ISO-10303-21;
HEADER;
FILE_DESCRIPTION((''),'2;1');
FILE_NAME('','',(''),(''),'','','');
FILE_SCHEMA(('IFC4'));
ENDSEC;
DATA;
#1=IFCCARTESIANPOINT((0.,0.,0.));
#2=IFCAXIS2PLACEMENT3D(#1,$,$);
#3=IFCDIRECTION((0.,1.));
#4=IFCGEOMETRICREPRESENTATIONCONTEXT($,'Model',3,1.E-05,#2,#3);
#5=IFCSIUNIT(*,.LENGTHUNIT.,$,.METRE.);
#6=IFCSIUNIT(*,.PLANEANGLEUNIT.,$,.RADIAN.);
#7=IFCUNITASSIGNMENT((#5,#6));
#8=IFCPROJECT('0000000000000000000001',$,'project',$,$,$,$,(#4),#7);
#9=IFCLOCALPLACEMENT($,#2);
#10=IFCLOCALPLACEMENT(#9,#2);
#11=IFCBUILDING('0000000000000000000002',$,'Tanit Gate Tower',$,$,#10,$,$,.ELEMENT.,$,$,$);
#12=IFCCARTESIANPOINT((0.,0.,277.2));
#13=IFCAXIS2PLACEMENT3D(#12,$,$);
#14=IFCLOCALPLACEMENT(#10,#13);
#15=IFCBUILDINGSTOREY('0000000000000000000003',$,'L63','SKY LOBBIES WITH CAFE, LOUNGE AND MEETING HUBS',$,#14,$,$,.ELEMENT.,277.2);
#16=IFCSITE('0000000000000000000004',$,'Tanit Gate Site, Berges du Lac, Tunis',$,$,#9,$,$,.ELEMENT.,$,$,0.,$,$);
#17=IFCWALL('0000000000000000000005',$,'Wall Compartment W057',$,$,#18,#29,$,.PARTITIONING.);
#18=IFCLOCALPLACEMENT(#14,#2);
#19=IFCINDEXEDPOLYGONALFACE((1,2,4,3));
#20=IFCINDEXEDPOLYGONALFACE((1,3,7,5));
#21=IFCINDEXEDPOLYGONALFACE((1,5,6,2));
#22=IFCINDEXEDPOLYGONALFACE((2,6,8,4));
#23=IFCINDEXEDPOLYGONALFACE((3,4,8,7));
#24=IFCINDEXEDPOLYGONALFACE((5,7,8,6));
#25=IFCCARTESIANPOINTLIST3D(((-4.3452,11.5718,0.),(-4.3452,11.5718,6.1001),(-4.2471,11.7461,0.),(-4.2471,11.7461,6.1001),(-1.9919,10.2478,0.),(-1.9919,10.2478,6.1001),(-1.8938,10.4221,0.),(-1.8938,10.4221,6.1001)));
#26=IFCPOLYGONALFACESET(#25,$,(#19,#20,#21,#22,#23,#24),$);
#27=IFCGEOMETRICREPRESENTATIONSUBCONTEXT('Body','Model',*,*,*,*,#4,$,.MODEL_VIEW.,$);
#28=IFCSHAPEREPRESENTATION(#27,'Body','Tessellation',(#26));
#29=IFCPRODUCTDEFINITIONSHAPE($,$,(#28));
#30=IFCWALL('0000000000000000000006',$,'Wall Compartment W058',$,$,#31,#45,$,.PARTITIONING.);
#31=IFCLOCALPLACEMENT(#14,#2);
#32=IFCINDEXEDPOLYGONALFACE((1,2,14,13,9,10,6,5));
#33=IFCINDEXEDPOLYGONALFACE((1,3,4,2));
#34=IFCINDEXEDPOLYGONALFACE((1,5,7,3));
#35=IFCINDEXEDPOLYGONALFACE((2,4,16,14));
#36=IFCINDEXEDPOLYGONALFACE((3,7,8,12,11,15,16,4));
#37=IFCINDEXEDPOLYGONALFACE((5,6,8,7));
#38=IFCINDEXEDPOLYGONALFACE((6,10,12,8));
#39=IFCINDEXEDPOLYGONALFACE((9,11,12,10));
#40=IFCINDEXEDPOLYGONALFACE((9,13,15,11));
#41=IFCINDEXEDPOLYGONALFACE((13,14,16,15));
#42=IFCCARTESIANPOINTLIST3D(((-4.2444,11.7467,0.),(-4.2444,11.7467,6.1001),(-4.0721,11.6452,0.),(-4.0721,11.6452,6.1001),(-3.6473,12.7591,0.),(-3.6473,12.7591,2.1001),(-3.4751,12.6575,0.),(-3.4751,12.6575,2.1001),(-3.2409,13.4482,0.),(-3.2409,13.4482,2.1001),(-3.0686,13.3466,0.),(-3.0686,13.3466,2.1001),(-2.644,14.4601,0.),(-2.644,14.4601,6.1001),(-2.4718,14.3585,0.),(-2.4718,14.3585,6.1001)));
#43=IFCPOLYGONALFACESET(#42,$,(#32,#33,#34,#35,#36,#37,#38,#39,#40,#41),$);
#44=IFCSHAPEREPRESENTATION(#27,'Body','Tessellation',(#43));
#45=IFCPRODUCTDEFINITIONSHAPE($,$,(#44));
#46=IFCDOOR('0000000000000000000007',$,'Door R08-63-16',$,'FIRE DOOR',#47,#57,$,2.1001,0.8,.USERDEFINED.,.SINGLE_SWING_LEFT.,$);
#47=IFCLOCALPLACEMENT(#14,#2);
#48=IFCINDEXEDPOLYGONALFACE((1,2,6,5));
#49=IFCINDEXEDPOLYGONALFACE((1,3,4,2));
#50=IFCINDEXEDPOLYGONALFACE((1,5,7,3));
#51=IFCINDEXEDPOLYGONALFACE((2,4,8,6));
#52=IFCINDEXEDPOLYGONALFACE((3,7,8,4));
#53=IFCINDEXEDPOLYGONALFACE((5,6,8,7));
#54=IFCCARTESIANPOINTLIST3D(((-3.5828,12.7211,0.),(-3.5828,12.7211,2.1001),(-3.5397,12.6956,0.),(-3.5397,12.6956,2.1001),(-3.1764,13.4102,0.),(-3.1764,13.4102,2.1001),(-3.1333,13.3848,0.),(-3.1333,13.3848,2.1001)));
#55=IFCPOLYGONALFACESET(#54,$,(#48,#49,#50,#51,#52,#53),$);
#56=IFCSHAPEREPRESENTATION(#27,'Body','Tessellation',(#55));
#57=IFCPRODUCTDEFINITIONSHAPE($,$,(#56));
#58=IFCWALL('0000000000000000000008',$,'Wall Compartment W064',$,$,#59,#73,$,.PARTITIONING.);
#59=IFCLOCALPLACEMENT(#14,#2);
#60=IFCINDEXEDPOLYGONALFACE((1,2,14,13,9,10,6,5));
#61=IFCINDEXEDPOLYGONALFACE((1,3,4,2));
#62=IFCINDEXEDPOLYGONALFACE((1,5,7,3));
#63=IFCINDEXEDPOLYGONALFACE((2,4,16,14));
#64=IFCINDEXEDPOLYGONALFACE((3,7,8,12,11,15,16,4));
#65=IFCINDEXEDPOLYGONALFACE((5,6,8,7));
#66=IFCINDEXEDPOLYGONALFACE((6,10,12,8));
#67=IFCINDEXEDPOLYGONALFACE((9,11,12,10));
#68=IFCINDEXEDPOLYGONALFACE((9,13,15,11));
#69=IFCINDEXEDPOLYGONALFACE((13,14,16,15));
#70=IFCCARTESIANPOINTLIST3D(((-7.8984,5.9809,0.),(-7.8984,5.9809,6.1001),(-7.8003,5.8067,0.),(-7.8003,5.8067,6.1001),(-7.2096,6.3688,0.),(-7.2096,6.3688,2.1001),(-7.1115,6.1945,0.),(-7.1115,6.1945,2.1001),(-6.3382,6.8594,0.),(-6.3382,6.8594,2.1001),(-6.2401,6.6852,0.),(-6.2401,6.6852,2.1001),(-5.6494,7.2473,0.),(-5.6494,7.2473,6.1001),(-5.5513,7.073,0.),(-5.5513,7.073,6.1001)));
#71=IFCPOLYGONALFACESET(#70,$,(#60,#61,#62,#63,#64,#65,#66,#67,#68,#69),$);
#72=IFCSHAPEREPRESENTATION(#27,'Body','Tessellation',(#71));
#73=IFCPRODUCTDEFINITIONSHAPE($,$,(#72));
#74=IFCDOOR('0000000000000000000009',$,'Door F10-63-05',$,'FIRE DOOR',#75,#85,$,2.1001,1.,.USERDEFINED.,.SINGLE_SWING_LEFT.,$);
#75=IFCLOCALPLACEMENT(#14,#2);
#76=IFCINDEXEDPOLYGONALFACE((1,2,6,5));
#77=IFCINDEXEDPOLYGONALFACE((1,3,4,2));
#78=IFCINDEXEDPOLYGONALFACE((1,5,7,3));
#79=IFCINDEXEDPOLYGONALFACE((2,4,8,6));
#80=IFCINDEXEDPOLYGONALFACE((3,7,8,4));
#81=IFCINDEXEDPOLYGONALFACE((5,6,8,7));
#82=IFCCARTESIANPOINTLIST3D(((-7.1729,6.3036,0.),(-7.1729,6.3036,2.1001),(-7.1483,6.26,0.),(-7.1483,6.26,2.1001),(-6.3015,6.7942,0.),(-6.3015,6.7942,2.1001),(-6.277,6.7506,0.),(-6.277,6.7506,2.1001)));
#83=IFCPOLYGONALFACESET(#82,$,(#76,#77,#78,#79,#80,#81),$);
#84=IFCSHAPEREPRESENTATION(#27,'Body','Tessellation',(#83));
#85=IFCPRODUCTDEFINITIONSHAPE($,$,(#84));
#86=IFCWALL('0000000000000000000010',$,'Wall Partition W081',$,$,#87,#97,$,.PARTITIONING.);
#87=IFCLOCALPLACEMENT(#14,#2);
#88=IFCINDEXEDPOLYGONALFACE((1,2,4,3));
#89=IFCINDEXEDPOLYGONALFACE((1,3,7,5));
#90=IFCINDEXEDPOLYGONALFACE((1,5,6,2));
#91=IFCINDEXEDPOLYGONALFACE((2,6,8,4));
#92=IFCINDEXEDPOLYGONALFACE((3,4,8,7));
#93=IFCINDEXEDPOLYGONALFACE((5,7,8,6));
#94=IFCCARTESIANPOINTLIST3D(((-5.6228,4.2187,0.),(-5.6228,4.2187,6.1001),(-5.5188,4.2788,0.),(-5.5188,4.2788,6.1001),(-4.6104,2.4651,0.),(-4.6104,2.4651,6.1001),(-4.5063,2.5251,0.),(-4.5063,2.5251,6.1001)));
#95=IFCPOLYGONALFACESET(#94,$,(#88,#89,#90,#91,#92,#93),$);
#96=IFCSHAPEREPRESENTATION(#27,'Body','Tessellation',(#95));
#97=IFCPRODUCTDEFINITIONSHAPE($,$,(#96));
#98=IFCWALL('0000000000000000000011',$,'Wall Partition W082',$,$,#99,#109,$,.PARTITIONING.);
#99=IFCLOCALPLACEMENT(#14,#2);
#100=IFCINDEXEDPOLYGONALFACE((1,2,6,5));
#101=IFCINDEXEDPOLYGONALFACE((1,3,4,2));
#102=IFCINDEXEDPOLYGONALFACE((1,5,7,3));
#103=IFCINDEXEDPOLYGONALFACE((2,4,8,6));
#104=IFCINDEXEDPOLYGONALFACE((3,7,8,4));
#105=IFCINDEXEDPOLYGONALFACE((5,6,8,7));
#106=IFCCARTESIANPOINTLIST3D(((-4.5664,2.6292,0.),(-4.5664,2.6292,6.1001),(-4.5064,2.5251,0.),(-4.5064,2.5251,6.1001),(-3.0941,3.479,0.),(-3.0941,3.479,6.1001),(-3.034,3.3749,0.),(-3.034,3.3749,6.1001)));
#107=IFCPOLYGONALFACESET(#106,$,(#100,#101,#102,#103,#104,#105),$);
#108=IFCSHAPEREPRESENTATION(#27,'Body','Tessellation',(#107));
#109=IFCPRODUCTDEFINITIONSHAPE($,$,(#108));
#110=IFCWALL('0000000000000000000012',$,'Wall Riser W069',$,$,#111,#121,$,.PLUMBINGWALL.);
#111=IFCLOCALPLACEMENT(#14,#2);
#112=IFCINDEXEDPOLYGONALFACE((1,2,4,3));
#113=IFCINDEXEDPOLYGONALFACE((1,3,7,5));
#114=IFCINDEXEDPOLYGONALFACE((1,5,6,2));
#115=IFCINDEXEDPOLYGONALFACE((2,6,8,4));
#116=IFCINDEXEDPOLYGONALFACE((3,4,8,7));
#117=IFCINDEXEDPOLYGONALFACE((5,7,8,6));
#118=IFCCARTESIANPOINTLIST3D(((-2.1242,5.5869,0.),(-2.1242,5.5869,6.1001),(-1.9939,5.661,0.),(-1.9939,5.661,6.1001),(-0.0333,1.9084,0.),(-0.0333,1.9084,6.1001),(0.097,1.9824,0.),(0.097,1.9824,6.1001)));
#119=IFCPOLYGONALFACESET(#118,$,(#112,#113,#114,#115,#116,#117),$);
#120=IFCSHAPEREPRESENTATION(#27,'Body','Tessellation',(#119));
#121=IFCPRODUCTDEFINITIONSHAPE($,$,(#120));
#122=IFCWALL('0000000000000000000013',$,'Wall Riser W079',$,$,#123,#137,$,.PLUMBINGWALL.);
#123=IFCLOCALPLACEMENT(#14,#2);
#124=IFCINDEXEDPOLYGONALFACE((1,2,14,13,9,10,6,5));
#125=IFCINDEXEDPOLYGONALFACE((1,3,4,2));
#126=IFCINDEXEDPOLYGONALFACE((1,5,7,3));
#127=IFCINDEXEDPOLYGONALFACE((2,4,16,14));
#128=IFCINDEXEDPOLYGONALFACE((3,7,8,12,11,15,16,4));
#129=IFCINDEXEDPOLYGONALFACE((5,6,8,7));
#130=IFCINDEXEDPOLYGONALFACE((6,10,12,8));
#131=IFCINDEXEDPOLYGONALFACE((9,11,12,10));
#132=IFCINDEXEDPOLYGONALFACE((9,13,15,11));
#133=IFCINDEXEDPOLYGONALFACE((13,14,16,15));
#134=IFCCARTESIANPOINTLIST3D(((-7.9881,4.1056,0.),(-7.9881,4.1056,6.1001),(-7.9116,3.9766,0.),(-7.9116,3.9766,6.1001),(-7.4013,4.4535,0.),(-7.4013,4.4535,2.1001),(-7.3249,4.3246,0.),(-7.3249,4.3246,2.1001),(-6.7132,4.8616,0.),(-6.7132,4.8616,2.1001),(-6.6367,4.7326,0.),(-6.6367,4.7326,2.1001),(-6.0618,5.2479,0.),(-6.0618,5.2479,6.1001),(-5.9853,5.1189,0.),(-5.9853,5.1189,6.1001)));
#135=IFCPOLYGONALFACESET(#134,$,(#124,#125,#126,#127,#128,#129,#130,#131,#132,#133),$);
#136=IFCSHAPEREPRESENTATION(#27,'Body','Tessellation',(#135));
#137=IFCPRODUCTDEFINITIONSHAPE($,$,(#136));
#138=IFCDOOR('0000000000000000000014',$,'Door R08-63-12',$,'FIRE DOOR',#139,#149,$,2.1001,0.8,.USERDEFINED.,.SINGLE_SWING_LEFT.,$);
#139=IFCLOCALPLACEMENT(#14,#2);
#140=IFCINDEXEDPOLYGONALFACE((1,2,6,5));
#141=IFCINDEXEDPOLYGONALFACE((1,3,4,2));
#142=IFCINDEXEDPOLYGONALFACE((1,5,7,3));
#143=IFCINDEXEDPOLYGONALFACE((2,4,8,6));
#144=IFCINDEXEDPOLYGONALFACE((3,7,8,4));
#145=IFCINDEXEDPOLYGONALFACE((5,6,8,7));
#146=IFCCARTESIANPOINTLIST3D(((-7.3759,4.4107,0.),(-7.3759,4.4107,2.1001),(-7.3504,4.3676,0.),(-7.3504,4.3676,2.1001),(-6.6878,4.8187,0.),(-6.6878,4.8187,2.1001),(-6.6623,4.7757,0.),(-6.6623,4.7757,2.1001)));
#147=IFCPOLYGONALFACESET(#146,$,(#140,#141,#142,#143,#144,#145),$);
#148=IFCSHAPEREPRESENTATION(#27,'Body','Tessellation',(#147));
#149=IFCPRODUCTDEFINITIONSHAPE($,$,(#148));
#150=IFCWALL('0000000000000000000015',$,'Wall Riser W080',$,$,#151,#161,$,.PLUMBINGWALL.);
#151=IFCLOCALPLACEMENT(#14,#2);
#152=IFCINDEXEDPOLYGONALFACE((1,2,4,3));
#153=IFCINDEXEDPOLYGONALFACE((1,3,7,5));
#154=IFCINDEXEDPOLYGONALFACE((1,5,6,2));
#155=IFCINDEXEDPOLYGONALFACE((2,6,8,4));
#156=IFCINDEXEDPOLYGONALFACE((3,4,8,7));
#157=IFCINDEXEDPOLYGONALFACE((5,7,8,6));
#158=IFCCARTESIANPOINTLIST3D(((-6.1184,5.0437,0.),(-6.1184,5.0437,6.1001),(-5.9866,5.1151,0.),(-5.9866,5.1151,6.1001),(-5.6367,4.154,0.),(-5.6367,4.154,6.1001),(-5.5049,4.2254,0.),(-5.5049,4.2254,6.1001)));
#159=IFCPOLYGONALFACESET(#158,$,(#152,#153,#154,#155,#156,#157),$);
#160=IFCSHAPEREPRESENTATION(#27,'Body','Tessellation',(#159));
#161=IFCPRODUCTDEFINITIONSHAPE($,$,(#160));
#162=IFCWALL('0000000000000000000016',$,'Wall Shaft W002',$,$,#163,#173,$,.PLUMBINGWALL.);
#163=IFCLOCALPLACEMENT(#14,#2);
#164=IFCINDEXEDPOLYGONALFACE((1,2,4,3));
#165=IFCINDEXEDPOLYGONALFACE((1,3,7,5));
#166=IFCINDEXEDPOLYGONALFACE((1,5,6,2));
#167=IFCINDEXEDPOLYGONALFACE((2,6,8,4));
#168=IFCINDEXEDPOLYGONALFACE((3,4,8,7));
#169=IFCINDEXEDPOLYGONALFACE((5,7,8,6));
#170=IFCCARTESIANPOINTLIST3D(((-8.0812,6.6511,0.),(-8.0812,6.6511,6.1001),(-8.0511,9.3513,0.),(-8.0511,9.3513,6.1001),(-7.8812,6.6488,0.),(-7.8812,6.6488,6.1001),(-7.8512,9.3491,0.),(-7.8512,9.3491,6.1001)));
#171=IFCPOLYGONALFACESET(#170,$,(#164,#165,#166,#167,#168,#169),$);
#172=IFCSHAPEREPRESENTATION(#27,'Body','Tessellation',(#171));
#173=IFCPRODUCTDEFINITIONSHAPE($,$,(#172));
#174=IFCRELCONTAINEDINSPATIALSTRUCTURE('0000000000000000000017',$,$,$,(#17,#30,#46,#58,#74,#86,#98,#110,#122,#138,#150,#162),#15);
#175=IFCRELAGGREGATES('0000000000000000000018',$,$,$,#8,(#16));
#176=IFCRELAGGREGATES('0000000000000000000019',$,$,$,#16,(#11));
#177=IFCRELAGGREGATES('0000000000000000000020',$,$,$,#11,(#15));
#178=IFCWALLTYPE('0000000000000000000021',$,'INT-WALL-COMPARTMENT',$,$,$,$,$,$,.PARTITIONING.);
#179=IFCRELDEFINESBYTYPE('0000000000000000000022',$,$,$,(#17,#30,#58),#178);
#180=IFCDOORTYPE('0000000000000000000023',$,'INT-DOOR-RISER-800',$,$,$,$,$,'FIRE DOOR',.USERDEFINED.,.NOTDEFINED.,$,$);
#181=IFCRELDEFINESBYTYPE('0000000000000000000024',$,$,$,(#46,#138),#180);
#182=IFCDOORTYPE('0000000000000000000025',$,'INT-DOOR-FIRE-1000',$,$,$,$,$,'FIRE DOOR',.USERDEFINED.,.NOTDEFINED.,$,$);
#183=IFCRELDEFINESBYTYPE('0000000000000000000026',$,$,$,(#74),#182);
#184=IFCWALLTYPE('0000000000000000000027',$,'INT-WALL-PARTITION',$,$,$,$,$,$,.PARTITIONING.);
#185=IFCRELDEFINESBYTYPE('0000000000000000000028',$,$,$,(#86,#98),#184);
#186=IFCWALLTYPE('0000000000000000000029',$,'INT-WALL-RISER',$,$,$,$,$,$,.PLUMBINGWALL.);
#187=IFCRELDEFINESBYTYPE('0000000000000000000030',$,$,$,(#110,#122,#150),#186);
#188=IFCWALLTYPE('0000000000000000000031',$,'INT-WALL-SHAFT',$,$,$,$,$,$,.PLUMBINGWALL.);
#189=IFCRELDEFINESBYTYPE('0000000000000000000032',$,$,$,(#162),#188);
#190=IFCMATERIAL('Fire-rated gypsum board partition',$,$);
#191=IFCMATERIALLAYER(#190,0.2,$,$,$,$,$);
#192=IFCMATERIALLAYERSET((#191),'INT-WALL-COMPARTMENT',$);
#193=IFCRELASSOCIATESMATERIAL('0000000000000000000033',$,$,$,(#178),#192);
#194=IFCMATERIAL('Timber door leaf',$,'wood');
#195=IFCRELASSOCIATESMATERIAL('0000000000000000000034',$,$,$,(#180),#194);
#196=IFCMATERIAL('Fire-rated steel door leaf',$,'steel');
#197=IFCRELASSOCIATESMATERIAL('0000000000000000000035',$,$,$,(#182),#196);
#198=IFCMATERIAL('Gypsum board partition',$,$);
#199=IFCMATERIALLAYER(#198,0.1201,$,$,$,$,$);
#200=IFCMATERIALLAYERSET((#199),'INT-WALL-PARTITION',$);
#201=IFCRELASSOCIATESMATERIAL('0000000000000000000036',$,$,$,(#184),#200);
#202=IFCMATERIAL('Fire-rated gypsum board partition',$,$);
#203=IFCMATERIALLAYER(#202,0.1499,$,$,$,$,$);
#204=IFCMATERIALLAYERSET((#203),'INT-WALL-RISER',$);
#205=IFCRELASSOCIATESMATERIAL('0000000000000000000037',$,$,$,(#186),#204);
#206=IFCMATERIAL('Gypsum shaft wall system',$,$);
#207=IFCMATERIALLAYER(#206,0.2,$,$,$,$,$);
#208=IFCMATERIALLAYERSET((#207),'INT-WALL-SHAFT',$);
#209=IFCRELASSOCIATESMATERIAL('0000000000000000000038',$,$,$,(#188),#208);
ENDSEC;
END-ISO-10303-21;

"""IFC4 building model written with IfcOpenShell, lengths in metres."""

from ifc_helpers import new_model, si_unit, direction, frame, frame_2d, origin, place, context, subcontext, project, spatial, rectangle, extrude, material, layer, layer_set, type_object, element, fill, save


model = new_model("IFC4")

# Units and contexts
model_context = context("Model", 3, precision=1e-05, world=origin(), true_north=direction((0.0, 1.0)))
body_context = subcontext(model_context, "Body", "Model", "MODEL_VIEW")
ifc_project = project(units=[si_unit("LENGTHUNIT", "METRE"), si_unit("PLANEANGLEUNIT", "RADIAN")], contexts=[model_context])

# Site, building, storey
site_placement = place(None, origin())
site = spatial("IfcSite", under=ifc_project, at=site_placement, Name="Tanit Gate Site, Berges du Lac, Tunis", CompositionType="ELEMENT", RefElevation=0.0)
building_placement = place(site_placement, origin())
building = spatial("IfcBuilding", under=site, at=building_placement, Name="Tanit Gate Tower", CompositionType="ELEMENT")
storey_placement = place(building_placement, frame((0.0, 0.0, 277.2)))
storey = spatial("IfcBuildingStorey", under=building, at=storey_placement, Name="L63", Description="SKY LOBBIES WITH CAFE, LOUNGE AND MEETING HUBS", CompositionType="ELEMENT", Elevation=277.2)

# Wall
ifc_material_1 = material(Name="Fire-rated gypsum board partition")
ifc_layer_1 = layer(ifc_material_1, 0.2)
ifc_layer_set_1 = layer_set([ifc_layer_1], Name="INT-WALL-COMPARTMENT")
wall_type_1 = type_object("IfcWallType", Name="INT-WALL-COMPARTMENT", PredefinedType="PARTITIONING", material=ifc_layer_set_1)
wall_1_placement = place(storey_placement, frame((-4.2961, 11.6589, 0.0), z_axis=(0.0, 0.0, 1.0), x_axis=(0.871534, -0.490334, 0.0)))
element("IfcWall", 1, at=wall_1_placement, inside=storey, type_object=wall_type_1, Name="Wall Compartment W057", PredefinedType="PARTITIONING", context=body_context, shape_type="SweptSolid", body=[
    extrude(rectangle(XDim=2.7002, YDim=0.2, at=frame_2d((1.3501, 0.0))), origin(), (0.0, 0.0, 1.0), 6.1001),
])

# Walls, openings, doors
wall_2_placement = place(storey_placement, frame((-2.5579, 14.4094, 0.0), z_axis=(0.0, 0.0, 1.0), x_axis=(-0.508019, -0.861346, 0.0)))
wall_2 = element("IfcWall", 2, at=wall_2_placement, inside=storey, type_object=wall_type_1, Name="Wall Compartment W058", PredefinedType="PARTITIONING", context=body_context, shape_type="SweptSolid", body=[
    extrude(rectangle(XDim=3.1501, YDim=0.2, at=frame_2d((1.5752, 0.0))), origin(), (0.0, 0.0, 1.0), 6.1001),
])
opening_1_placement = place(wall_2_placement, frame((1.175, 0.0, 0.0)))
opening_1 = element("IfcOpeningElement", 3, at=opening_1_placement, cuts=wall_2, PredefinedType="OPENING", context=body_context, shape_type="SweptSolid", body=[
    extrude(rectangle(XDim=0.8, YDim=2.1001, at=frame_2d((0.3999, 1.05))), frame((0.0, 0.1099, 0.0), z_axis=(0.0, -1.0, 0.0), x_axis=(1.0, 0.0, 0.0)), (0.0, 0.0, 1.0), 0.22),
])
ifc_material_2 = material(Name="Timber door leaf", Category="wood")
door_type_1 = type_object("IfcDoorType", Name="INT-DOOR-RISER-800", ElementType="FIRE DOOR", OperationType="NOTDEFINED", PredefinedType="USERDEFINED", material=ifc_material_2)
door_1_placement = place(opening_1_placement, origin())
door_1 = element("IfcDoor", 4, at=door_1_placement, inside=storey, type_object=door_type_1, Name="Door R08-63-16", ObjectType="FIRE DOOR", OperationType="SINGLE_SWING_LEFT", OverallHeight=2.1001, OverallWidth=0.8, PredefinedType="USERDEFINED", context=body_context, shape_type="SweptSolid", body=[
    extrude(rectangle(XDim=0.8, YDim=2.1001, at=frame_2d((0.3999, 1.05))), frame((0.0, 0.0249, 0.0), z_axis=(0.0, -1.0, 0.0), x_axis=(1.0, 0.0, 0.0)), (0.0, 0.0, 1.0), 0.05),
])
fill(opening_1, door_1)
wall_3_placement = place(storey_placement, frame((-5.6003, 7.1602, 0.0), z_axis=(0.0, 0.0, 1.0), x_axis=(-0.871363, -0.490638, 0.0)))
wall_3 = element("IfcWall", 5, at=wall_3_placement, inside=storey, type_object=wall_type_1, Name="Wall Compartment W064", PredefinedType="PARTITIONING", context=body_context, shape_type="SweptSolid", body=[
    extrude(rectangle(XDim=2.5811, YDim=0.2, at=frame_2d((1.2905, 0.0))), origin(), (0.0, 0.0, 1.0), 6.1001),
])
opening_2_placement = place(wall_3_placement, frame((0.7905, 0.0, 0.0)))
opening_2 = element("IfcOpeningElement", 6, at=opening_2_placement, cuts=wall_3, PredefinedType="OPENING", context=body_context, shape_type="SweptSolid", body=[
    extrude(rectangle(XDim=1.0, YDim=2.1001, at=frame_2d((0.5, 1.05))), frame((0.0, 0.1099, 0.0), z_axis=(0.0, -1.0, 0.0), x_axis=(1.0, 0.0, 0.0)), (0.0, 0.0, 1.0), 0.22),
])
ifc_material_3 = material(Name="Fire-rated steel door leaf", Category="steel")
door_type_2 = type_object("IfcDoorType", Name="INT-DOOR-FIRE-1000", ElementType="FIRE DOOR", OperationType="NOTDEFINED", PredefinedType="USERDEFINED", material=ifc_material_3)
door_2_placement = place(opening_2_placement, origin())
door_2 = element("IfcDoor", 7, at=door_2_placement, inside=storey, type_object=door_type_2, Name="Door F10-63-05", ObjectType="FIRE DOOR", OperationType="SINGLE_SWING_LEFT", OverallHeight=2.1001, OverallWidth=1.0, PredefinedType="USERDEFINED", context=body_context, shape_type="SweptSolid", body=[
    extrude(rectangle(XDim=1.0, YDim=2.1001, at=frame_2d((0.5, 1.05))), frame((0.0, 0.0249, 0.0), z_axis=(0.0, -1.0, 0.0), x_axis=(1.0, 0.0, 0.0)), (0.0, 0.0, 1.0), 0.05),
])
fill(opening_2, door_2)

# Walls
ifc_material_4 = material(Name="Gypsum board partition")
ifc_layer_2 = layer(ifc_material_4, 0.1201)
ifc_layer_set_2 = layer_set([ifc_layer_2], Name="INT-WALL-PARTITION")
wall_type_2 = type_object("IfcWallType", Name="INT-WALL-PARTITION", PredefinedType="PARTITIONING", material=ifc_layer_set_2)
wall_4_placement = place(storey_placement, frame((-4.5583, 2.4951, 0.0), z_axis=(0.0, 0.0, 1.0), x_axis=(-0.49999, 0.866031, 0.0)))
element("IfcWall", 8, at=wall_4_placement, inside=storey, type_object=wall_type_2, Name="Wall Partition W081", PredefinedType="PARTITIONING", context=body_context, shape_type="SweptSolid", body=[
    extrude(rectangle(XDim=2.0249, YDim=0.1201, at=frame_2d((1.0125, 0.0))), origin(), (0.0, 0.0, 1.0), 6.1001),
])
wall_5_placement = place(storey_placement, frame((-3.064, 3.427, 0.0), z_axis=(0.0, 0.0, 1.0), x_axis=(-0.866088, -0.499892, 0.0)))
element("IfcWall", 9, at=wall_5_placement, inside=storey, type_object=wall_type_2, Name="Wall Partition W082", PredefinedType="PARTITIONING", context=body_context, shape_type="SweptSolid", body=[
    extrude(rectangle(XDim=1.7, YDim=0.1201, at=frame_2d((0.8501, 0.0))), origin(), (0.0, 0.0, 1.0), 6.1001),
])
ifc_material_5 = material(Name="Fire-rated gypsum board partition")
ifc_layer_3 = layer(ifc_material_5, 0.1499)
ifc_layer_set_3 = layer_set([ifc_layer_3], Name="INT-WALL-RISER")
wall_type_3 = type_object("IfcWallType", Name="INT-WALL-RISER", PredefinedType="PLUMBINGWALL", material=ifc_layer_set_3)
wall_6_placement = place(storey_placement, frame((-2.0591, 5.624, 0.0), z_axis=(0.0, 0.0, 1.0), x_axis=(0.494149, -0.869377, 0.0)))
element("IfcWall", 10, at=wall_6_placement, inside=storey, type_object=wall_type_3, Name="Wall Riser W069", PredefinedType="PLUMBINGWALL", context=body_context, shape_type="SweptSolid", body=[
    extrude(rectangle(XDim=4.2312, YDim=0.1499, at=frame_2d((2.1157, 0.0))), origin(), (0.0, 0.0, 1.0), 6.1001),
])

# Wall, opening, door
wall_7_placement = place(storey_placement, frame((-6.0237, 5.1833, 0.0), z_axis=(0.0, 0.0, 1.0), x_axis=(-0.860127, -0.51008, 0.0)))
wall_7 = element("IfcWall", 11, at=wall_7_placement, inside=storey, type_object=wall_type_3, Name="Wall Riser W079", PredefinedType="PLUMBINGWALL", context=body_context, shape_type="SweptSolid", body=[
    extrude(rectangle(XDim=2.2395, YDim=0.1499, at=frame_2d((1.1196, 0.0))), origin(), (0.0, 0.0, 1.0), 6.1001),
])
opening_3_placement = place(wall_7_placement, frame((0.7573, 0.0, 0.0)))
opening_3 = element("IfcOpeningElement", 12, at=opening_3_placement, cuts=wall_7, PredefinedType="OPENING", context=body_context, shape_type="SweptSolid", body=[
    extrude(rectangle(XDim=0.8, YDim=2.1001, at=frame_2d((0.3999, 1.05))), frame((0.0, 0.085, 0.0), z_axis=(0.0, -1.0, 0.0), x_axis=(1.0, 0.0, 0.0)), (0.0, 0.0, 1.0), 0.1699),
])
door_3_placement = place(opening_3_placement, origin())
door_3 = element("IfcDoor", 13, at=door_3_placement, inside=storey, type_object=door_type_1, Name="Door R08-63-12", ObjectType="FIRE DOOR", OperationType="SINGLE_SWING_LEFT", OverallHeight=2.1001, OverallWidth=0.8, PredefinedType="USERDEFINED", context=body_context, shape_type="SweptSolid", body=[
    extrude(rectangle(XDim=0.8, YDim=2.1001, at=frame_2d((0.3999, 1.05))), frame((0.0, 0.0249, 0.0), z_axis=(0.0, -1.0, 0.0), x_axis=(1.0, 0.0, 0.0)), (0.0, 0.0, 1.0), 0.05),
])
fill(opening_3, door_3)

# Walls
wall_8_placement = place(storey_placement, frame((-5.5708, 4.1897, 0.0), z_axis=(0.0, 0.0, 1.0), x_axis=(-0.476128, 0.879376, 0.0)))
element("IfcWall", 14, at=wall_8_placement, inside=storey, type_object=wall_type_3, Name="Wall Riser W080", PredefinedType="PLUMBINGWALL", context=body_context, shape_type="SweptSolid", body=[
    extrude(rectangle(XDim=1.0117, YDim=0.1499, at=frame_2d((0.5059, 0.0))), origin(), (0.0, 0.0, 1.0), 6.1001),
])
ifc_material_6 = material(Name="Gypsum shaft wall system")
ifc_layer_4 = layer(ifc_material_6, 0.2)
ifc_layer_set_4 = layer_set([ifc_layer_4], Name="INT-WALL-SHAFT")
wall_type_4 = type_object("IfcWallType", Name="INT-WALL-SHAFT", PredefinedType="PLUMBINGWALL", material=ifc_layer_set_4)
wall_9_placement = place(storey_placement, frame((-7.9512, 9.3501, 0.0), z_axis=(0.0, 0.0, 1.0), x_axis=(-0.01112, -0.999938, 0.0)))
element("IfcWall", 15, at=wall_9_placement, inside=storey, type_object=wall_type_4, Name="Wall Shaft W002", PredefinedType="PLUMBINGWALL", context=body_context, shape_type="SweptSolid", body=[
    extrude(rectangle(XDim=2.7004, YDim=0.2, at=frame_2d((1.3501, 0.0))), origin(), (0.0, 0.0, 1.0), 6.1001),
])

save(model, "model.ifc")
